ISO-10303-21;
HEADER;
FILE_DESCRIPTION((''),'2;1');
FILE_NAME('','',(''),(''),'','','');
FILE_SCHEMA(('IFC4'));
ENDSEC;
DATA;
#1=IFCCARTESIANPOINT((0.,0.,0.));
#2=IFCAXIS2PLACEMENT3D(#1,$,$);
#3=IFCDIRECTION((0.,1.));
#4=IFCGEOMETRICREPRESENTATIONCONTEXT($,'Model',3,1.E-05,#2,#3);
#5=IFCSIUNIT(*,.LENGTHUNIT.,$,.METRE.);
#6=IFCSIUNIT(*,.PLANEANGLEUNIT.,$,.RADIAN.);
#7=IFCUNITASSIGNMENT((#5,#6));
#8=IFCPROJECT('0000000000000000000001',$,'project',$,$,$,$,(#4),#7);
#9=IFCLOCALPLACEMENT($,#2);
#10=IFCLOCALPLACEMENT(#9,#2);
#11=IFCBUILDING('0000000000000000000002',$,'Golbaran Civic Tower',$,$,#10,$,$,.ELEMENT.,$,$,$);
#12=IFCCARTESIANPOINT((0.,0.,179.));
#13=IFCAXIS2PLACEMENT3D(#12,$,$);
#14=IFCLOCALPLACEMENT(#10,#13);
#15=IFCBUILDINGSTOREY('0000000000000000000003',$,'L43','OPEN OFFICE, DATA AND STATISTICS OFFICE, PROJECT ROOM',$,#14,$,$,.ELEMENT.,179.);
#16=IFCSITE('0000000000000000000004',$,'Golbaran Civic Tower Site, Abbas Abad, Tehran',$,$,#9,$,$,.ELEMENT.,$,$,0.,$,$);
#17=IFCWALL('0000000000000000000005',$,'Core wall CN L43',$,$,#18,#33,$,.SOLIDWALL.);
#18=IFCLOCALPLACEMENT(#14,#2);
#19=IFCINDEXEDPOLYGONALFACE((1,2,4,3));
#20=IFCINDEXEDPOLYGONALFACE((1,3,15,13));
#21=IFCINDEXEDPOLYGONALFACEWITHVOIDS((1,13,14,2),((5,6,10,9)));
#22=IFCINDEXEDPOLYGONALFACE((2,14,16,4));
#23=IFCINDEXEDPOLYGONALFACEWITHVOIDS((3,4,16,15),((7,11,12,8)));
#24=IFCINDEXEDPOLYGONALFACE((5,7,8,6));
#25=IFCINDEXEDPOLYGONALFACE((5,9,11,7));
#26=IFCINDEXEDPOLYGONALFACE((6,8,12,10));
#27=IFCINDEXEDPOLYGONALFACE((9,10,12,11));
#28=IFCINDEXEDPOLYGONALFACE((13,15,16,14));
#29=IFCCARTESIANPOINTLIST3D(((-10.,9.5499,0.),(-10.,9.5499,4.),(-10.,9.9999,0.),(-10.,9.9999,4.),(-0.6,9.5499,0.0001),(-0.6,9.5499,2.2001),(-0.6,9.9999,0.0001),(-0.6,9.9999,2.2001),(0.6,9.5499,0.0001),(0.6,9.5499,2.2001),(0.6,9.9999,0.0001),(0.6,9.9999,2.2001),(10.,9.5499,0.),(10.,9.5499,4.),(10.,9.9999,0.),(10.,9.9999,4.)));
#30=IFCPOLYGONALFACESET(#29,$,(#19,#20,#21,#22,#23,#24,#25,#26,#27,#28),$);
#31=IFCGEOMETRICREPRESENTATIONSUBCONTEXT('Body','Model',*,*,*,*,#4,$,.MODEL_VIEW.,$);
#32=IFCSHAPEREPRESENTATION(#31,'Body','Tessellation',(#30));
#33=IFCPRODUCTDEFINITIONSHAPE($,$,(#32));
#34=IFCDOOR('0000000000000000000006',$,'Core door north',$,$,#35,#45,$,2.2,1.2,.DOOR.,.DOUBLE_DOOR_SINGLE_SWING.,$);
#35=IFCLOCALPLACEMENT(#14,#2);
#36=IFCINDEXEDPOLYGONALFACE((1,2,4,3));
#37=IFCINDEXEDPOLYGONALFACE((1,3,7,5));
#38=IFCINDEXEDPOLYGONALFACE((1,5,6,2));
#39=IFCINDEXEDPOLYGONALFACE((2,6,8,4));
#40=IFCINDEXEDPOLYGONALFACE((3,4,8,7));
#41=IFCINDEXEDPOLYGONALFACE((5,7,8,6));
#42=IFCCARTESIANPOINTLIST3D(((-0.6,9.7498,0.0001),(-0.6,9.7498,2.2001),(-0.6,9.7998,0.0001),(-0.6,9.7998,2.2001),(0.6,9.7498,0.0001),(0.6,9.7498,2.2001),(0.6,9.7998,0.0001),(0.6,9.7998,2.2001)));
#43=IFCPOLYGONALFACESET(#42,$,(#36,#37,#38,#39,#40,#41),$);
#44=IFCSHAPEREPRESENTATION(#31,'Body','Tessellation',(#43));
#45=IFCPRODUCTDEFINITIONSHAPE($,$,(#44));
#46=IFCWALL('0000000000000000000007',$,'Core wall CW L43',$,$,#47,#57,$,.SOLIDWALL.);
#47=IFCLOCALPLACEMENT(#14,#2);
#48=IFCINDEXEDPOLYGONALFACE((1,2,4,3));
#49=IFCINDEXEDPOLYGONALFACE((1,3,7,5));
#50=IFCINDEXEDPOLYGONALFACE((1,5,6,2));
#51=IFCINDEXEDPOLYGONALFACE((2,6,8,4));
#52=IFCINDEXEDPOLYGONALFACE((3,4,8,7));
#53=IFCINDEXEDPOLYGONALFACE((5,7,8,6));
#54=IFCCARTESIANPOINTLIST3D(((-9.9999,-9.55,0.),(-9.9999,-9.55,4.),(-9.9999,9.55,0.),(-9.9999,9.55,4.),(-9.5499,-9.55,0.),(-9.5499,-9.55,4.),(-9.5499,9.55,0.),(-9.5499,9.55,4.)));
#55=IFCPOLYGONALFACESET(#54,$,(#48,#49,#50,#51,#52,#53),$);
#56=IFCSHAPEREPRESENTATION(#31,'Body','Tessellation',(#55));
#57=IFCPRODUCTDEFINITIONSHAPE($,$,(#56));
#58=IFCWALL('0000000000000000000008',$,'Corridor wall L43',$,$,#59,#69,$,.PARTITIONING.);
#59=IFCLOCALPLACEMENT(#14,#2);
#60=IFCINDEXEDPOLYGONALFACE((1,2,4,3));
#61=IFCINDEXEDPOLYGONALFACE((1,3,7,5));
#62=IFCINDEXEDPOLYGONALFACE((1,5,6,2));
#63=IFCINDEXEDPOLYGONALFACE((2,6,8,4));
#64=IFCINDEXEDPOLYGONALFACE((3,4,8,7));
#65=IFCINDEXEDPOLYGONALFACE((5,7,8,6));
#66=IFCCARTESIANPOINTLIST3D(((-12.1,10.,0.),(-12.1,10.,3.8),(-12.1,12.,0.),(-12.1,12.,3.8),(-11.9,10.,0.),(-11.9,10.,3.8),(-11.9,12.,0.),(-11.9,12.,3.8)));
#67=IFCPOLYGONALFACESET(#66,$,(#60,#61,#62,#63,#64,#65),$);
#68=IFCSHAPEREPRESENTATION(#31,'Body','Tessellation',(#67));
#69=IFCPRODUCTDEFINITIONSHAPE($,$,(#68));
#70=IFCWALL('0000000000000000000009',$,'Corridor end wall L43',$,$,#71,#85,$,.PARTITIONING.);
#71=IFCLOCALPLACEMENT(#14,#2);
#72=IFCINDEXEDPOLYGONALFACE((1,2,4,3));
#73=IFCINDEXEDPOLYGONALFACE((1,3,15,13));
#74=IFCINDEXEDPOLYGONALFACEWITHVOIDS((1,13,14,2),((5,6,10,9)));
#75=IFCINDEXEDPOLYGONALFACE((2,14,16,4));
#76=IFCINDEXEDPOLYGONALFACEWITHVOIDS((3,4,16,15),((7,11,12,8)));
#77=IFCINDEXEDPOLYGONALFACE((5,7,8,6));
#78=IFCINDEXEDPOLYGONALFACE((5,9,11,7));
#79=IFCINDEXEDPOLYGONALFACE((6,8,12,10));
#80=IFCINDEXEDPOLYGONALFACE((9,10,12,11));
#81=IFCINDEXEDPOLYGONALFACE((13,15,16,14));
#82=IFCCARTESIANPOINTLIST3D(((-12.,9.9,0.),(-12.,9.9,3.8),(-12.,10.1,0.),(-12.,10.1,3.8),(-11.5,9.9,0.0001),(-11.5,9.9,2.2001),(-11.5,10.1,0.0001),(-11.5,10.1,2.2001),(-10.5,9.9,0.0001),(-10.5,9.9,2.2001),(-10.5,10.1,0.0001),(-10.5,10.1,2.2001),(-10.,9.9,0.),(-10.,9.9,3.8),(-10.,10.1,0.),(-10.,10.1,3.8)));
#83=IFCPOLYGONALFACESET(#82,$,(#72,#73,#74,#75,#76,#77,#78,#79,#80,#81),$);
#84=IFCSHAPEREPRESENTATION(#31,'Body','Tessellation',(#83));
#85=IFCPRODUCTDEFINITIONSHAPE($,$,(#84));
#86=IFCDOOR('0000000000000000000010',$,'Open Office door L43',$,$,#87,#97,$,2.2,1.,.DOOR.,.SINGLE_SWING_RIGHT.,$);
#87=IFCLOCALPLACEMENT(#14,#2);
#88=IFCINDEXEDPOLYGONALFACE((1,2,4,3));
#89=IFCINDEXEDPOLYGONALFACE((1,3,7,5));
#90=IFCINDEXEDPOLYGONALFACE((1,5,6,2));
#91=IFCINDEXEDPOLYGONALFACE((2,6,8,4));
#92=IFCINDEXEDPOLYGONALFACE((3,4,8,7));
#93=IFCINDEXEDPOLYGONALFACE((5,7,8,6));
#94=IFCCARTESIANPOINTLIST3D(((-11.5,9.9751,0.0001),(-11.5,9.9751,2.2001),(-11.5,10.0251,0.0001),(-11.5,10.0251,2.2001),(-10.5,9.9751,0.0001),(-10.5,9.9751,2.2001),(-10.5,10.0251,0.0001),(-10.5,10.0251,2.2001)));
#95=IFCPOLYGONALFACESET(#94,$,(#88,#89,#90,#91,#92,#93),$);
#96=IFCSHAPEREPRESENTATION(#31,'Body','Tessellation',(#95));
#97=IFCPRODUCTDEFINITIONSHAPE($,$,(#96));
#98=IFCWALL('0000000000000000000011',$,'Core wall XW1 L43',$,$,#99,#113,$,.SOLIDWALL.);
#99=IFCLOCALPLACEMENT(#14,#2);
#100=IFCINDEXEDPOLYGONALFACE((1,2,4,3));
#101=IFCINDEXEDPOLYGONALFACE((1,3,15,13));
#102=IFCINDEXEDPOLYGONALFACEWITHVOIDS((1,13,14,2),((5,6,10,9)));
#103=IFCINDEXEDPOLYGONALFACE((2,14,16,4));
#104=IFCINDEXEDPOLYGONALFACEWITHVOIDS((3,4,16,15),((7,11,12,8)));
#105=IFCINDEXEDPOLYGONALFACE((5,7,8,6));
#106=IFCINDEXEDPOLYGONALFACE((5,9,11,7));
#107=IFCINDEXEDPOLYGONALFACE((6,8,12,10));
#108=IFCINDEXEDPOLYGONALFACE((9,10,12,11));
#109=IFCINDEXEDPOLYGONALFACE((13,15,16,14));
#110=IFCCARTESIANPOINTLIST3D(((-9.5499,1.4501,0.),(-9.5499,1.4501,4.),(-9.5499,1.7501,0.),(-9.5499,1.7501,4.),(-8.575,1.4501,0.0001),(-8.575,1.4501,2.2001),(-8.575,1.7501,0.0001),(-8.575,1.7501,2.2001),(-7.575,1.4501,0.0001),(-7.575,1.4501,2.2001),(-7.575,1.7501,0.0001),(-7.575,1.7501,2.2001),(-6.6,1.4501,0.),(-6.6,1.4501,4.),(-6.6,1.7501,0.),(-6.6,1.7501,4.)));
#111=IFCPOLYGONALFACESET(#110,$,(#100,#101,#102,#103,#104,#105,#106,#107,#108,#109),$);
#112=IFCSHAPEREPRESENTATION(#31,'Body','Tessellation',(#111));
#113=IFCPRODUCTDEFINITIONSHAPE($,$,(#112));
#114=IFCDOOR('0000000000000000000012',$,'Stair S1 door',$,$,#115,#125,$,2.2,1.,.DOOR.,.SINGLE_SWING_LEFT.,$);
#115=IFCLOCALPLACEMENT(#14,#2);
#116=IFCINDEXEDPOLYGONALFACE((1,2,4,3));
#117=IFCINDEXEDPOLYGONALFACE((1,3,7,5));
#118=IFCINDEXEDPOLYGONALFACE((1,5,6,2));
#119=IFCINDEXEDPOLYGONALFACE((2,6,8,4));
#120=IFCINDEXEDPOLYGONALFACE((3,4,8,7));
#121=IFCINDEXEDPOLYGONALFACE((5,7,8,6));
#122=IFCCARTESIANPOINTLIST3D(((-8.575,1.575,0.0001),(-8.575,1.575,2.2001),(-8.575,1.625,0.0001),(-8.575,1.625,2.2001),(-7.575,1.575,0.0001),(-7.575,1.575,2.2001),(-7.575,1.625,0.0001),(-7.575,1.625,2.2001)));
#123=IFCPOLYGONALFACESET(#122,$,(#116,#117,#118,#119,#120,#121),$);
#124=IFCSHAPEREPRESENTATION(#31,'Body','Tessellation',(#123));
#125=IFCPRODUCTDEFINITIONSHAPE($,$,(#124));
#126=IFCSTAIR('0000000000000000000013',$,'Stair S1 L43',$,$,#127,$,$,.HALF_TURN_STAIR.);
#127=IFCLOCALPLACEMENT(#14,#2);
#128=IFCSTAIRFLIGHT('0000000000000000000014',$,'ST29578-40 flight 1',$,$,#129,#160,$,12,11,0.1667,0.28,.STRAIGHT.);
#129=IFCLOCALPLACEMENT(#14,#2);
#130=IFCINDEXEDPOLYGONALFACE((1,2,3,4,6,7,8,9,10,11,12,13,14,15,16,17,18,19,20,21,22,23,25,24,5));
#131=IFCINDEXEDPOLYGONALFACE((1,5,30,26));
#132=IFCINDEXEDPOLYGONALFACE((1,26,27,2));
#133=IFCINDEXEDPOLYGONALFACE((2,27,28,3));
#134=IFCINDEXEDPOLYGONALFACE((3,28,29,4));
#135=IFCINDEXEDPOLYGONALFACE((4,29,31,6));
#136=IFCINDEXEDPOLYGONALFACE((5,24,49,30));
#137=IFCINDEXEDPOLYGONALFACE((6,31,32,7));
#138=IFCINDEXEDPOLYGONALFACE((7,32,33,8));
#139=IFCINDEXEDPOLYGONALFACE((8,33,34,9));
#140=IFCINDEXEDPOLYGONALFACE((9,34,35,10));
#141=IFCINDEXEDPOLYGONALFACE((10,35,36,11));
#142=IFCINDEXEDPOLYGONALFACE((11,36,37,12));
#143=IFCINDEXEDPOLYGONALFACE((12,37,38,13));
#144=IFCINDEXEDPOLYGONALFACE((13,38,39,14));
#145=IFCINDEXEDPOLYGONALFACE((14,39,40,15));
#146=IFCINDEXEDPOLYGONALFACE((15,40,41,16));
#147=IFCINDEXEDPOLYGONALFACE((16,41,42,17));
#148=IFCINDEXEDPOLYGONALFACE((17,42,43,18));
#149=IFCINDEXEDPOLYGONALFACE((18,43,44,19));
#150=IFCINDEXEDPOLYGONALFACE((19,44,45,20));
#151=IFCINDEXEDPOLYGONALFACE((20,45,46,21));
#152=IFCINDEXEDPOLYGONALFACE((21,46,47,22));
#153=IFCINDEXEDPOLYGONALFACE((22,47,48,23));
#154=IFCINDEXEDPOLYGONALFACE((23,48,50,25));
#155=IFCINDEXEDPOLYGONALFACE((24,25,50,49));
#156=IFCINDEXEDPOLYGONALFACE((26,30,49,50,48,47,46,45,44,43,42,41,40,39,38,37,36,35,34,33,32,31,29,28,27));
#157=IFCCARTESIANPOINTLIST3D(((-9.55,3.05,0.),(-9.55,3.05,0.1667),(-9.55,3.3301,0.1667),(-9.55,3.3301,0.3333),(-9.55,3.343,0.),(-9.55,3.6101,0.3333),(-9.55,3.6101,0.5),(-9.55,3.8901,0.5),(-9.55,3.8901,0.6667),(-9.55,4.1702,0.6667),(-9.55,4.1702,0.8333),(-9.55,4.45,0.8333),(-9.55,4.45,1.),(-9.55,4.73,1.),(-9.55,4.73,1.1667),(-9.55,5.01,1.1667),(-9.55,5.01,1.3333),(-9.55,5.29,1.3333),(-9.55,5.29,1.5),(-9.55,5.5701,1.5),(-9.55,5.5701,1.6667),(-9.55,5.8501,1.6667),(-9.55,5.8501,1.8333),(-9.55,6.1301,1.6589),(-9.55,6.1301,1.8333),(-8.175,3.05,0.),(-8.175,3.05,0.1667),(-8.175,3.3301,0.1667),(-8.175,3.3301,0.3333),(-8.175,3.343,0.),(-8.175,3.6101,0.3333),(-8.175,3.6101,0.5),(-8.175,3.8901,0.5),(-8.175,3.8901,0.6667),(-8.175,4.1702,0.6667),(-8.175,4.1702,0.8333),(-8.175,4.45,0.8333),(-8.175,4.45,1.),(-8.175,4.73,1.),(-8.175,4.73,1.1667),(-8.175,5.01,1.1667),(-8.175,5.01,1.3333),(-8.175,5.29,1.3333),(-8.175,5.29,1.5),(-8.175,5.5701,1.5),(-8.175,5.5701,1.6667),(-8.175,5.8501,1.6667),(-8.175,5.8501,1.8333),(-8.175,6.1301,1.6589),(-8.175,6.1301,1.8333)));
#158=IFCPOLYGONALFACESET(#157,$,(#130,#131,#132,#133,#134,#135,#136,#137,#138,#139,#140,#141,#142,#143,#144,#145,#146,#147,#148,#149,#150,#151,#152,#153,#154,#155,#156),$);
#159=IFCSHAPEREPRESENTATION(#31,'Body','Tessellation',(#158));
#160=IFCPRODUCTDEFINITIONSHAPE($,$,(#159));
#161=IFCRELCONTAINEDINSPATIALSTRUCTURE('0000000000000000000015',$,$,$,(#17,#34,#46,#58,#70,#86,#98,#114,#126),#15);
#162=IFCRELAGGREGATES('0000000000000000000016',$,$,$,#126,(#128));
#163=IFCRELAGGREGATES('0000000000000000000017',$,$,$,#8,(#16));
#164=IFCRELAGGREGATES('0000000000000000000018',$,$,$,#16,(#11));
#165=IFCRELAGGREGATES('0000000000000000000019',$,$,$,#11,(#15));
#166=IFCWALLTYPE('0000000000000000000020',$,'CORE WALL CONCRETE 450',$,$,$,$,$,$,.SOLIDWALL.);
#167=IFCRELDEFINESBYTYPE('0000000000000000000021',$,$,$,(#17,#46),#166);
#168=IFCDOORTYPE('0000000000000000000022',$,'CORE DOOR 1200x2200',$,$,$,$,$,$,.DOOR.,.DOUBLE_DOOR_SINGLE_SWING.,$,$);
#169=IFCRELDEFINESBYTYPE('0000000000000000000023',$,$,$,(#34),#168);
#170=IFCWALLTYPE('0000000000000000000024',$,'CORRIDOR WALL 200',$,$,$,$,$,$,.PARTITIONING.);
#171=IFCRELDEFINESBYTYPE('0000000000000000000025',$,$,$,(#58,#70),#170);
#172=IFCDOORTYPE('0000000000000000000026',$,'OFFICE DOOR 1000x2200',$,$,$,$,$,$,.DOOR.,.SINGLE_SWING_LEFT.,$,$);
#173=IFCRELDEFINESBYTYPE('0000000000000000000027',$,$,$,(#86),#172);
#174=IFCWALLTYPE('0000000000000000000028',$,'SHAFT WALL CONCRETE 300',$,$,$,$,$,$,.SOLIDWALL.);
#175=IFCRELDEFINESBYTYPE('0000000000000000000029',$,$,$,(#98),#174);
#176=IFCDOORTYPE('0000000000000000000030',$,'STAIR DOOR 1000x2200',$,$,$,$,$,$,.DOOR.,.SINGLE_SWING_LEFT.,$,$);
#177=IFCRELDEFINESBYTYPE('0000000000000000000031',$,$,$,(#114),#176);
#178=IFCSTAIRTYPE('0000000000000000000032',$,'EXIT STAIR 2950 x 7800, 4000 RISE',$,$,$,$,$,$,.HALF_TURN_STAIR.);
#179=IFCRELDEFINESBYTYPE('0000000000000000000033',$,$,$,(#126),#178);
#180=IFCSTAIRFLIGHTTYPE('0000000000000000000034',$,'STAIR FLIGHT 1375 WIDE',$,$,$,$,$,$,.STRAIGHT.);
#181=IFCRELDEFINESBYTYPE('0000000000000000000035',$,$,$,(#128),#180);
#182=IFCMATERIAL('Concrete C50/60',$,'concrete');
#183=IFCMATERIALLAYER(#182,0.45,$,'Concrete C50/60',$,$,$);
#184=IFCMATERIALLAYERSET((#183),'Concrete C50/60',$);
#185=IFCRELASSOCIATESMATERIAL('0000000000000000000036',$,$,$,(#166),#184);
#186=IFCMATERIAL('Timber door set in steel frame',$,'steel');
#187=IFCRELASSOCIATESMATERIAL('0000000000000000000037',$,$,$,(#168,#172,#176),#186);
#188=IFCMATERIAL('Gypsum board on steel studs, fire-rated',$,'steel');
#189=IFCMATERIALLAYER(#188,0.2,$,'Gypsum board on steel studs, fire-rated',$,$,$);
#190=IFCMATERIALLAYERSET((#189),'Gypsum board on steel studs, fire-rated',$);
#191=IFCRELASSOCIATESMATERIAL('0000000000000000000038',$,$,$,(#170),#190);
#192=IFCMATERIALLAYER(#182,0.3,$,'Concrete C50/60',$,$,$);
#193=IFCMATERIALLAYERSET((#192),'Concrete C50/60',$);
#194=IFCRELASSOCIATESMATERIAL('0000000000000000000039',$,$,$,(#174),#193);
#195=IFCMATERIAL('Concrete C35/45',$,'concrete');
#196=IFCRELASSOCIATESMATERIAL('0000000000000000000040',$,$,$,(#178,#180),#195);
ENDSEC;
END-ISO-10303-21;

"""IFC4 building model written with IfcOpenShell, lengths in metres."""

from ifc_helpers import new_model, si_unit, direction, frame, frame_2d, origin, place, context, subcontext, project, spatial, polyline, rectangle, outline, extrude, material, layer, layer_set, type_object, element, fill, aggregate, save


model = new_model("IFC4")

# Units and contexts
model_context = context("Model", 3, precision=1e-05, world=origin(), true_north=direction((0.0, 1.0)))
body_context = subcontext(model_context, "Body", "Model", "MODEL_VIEW")
ifc_project = project(units=[si_unit("LENGTHUNIT", "METRE"), si_unit("PLANEANGLEUNIT", "RADIAN")], contexts=[model_context])

# Site, building, storey
site_placement = place(None, origin())
site = spatial("IfcSite", under=ifc_project, at=site_placement, Name="Golbaran Civic Tower Site, Abbas Abad, Tehran", CompositionType="ELEMENT", RefElevation=0.0)
building_placement = place(site_placement, origin())
building = spatial("IfcBuilding", under=site, at=building_placement, Name="Golbaran Civic Tower", CompositionType="ELEMENT")
storey_placement = place(building_placement, frame((0.0, 0.0, 179.0)))
storey = spatial("IfcBuildingStorey", under=building, at=storey_placement, Name="L43", Description="OPEN OFFICE, DATA AND STATISTICS OFFICE, PROJECT ROOM", CompositionType="ELEMENT", Elevation=179.0)

# Wall, opening, door
ifc_material_1 = material(Name="Concrete C50/60", Category="concrete")
ifc_layer_1 = layer(ifc_material_1, 0.45, Name="Concrete C50/60")
ifc_layer_set_1 = layer_set([ifc_layer_1], Name="Concrete C50/60")
wall_type_1 = type_object("IfcWallType", Name="CORE WALL CONCRETE 450", PredefinedType="SOLIDWALL", material=ifc_layer_set_1)
wall_1_placement = place(storey_placement, frame((-10.0, 9.7749, 0.0), z_axis=(0.0, 0.0, 1.0), x_axis=(1.0, 0.0, 0.0)))
wall_1 = element("IfcWall", 1, at=wall_1_placement, inside=storey, type_object=wall_type_1, Name="Core wall CN L43", PredefinedType="SOLIDWALL", context=body_context, shape_type="SweptSolid", body=[
    extrude(rectangle(XDim=20.0, YDim=0.45, at=frame_2d((10.0, 0.0))), origin(), (0.0, 0.0, 1.0), 4.0),
])
opening_1_placement = place(wall_1_placement, frame((9.3999, 0.0, 0.0)))
opening_1 = element("IfcOpeningElement", 2, at=opening_1_placement, cuts=wall_1, PredefinedType="OPENING", context=body_context, shape_type="SweptSolid", body=[
    extrude(rectangle(XDim=1.2, YDim=2.2, at=frame_2d((0.6001, 1.1001))), frame((0.0, 0.2349, 0.0), z_axis=(0.0, -1.0, 0.0), x_axis=(1.0, 0.0, 0.0)), (0.0, 0.0, 1.0), 0.47),
])
ifc_material_2 = material(Name="Timber door set in steel frame", Category="steel")
door_type_1 = type_object("IfcDoorType", Name="CORE DOOR 1200x2200", OperationType="DOUBLE_DOOR_SINGLE_SWING", PredefinedType="DOOR", material=ifc_material_2)
door_1_placement = place(opening_1_placement, origin())
door_1 = element("IfcDoor", 3, at=door_1_placement, inside=storey, type_object=door_type_1, Name="Core door north", OperationType="DOUBLE_DOOR_SINGLE_SWING", OverallHeight=2.2, OverallWidth=1.2, PredefinedType="DOOR", context=body_context, shape_type="SweptSolid", body=[
    extrude(rectangle(XDim=1.2, YDim=2.2, at=frame_2d((0.6001, 1.1001))), frame((0.0, 0.0249, 0.0), z_axis=(0.0, -1.0, 0.0), x_axis=(1.0, 0.0, 0.0)), (0.0, 0.0, 1.0), 0.05),
])
fill(opening_1, door_1)

# Walls
wall_2_placement = place(storey_placement, frame((-9.7749, 9.55, 0.0), z_axis=(0.0, 0.0, 1.0), x_axis=(0.0, -1.0, 0.0)))
element("IfcWall", 4, at=wall_2_placement, inside=storey, type_object=wall_type_1, Name="Core wall CW L43", PredefinedType="SOLIDWALL", context=body_context, shape_type="SweptSolid", body=[
    extrude(rectangle(XDim=19.1001, YDim=0.45, at=frame_2d((9.55, 0.0))), origin(), (0.0, 0.0, 1.0), 4.0),
])
ifc_material_3 = material(Name="Gypsum board on steel studs, fire-rated", Category="steel")
ifc_layer_2 = layer(ifc_material_3, 0.2, Name="Gypsum board on steel studs, fire-rated")
ifc_layer_set_2 = layer_set([ifc_layer_2], Name="Gypsum board on steel studs, fire-rated")
wall_type_2 = type_object("IfcWallType", Name="CORRIDOR WALL 200", PredefinedType="PARTITIONING", material=ifc_layer_set_2)
wall_3_placement = place(storey_placement, frame((-12.0, 12.0, 0.0), z_axis=(0.0, 0.0, 1.0), x_axis=(0.0, -1.0, 0.0)))
element("IfcWall", 5, at=wall_3_placement, inside=storey, type_object=wall_type_2, Name="Corridor wall L43", PredefinedType="PARTITIONING", context=body_context, shape_type="SweptSolid", body=[
    extrude(rectangle(XDim=2.0, YDim=0.2, at=frame_2d((1.0, 0.0))), origin(), (0.0, 0.0, 1.0), 3.8),
])

# Walls, openings, doors
wall_4_placement = place(storey_placement, frame((-10.0, 10.0, 0.0), z_axis=(0.0, 0.0, 1.0), x_axis=(-1.0, 0.0, 0.0)))
wall_4 = element("IfcWall", 6, at=wall_4_placement, inside=storey, type_object=wall_type_2, Name="Corridor end wall L43", PredefinedType="PARTITIONING", context=body_context, shape_type="SweptSolid", body=[
    extrude(rectangle(XDim=2.0, YDim=0.2, at=frame_2d((1.0, 0.0))), origin(), (0.0, 0.0, 1.0), 3.8),
])
opening_2_placement = place(wall_4_placement, frame((0.5, 0.0, 0.0)))
opening_2 = element("IfcOpeningElement", 7, at=opening_2_placement, cuts=wall_4, PredefinedType="OPENING", context=body_context, shape_type="SweptSolid", body=[
    extrude(rectangle(XDim=1.0, YDim=2.2, at=frame_2d((0.5, 1.1001))), frame((0.0, 0.1099, 0.0), z_axis=(0.0, -1.0, 0.0), x_axis=(1.0, 0.0, 0.0)), (0.0, 0.0, 1.0), 0.22),
])
door_type_2 = type_object("IfcDoorType", Name="OFFICE DOOR 1000x2200", OperationType="SINGLE_SWING_LEFT", PredefinedType="DOOR", material=ifc_material_2)
door_2_placement = place(opening_2_placement, origin())
door_2 = element("IfcDoor", 8, at=door_2_placement, inside=storey, type_object=door_type_2, Name="Open Office door L43", OperationType="SINGLE_SWING_RIGHT", OverallHeight=2.2, OverallWidth=1.0, PredefinedType="DOOR", context=body_context, shape_type="SweptSolid", body=[
    extrude(rectangle(XDim=1.0, YDim=2.2, at=frame_2d((0.5, 1.1001))), frame((0.0, 0.0249, 0.0), z_axis=(0.0, -1.0, 0.0), x_axis=(1.0, 0.0, 0.0)), (0.0, 0.0, 1.0), 0.05),
])
fill(opening_2, door_2)
ifc_layer_3 = layer(ifc_material_1, 0.3, Name="Concrete C50/60")
ifc_layer_set_3 = layer_set([ifc_layer_3], Name="Concrete C50/60")
wall_type_3 = type_object("IfcWallType", Name="SHAFT WALL CONCRETE 300", PredefinedType="SOLIDWALL", material=ifc_layer_set_3)
wall_5_placement = place(storey_placement, frame((-9.55, 1.6001, 0.0), z_axis=(0.0, 0.0, 1.0), x_axis=(1.0, 0.0, 0.0)))
wall_5 = element("IfcWall", 9, at=wall_5_placement, inside=storey, type_object=wall_type_3, Name="Core wall XW1 L43", PredefinedType="SOLIDWALL", context=body_context, shape_type="SweptSolid", body=[
    extrude(rectangle(XDim=2.95, YDim=0.3, at=frame_2d((1.4751, 0.0))), origin(), (0.0, 0.0, 1.0), 4.0),
])
opening_3_placement = place(wall_5_placement, frame((0.9751, 0.0, 0.0)))
opening_3 = element("IfcOpeningElement", 10, at=opening_3_placement, cuts=wall_5, PredefinedType="OPENING", context=body_context, shape_type="SweptSolid", body=[
    extrude(rectangle(XDim=1.0, YDim=2.2, at=frame_2d((0.5, 1.1001))), frame((0.0, 0.1599, 0.0), z_axis=(0.0, -1.0, 0.0), x_axis=(1.0, 0.0, 0.0)), (0.0, 0.0, 1.0), 0.3201),
])
door_type_3 = type_object("IfcDoorType", Name="STAIR DOOR 1000x2200", OperationType="SINGLE_SWING_LEFT", PredefinedType="DOOR", material=ifc_material_2)
door_3_placement = place(opening_3_placement, origin())
door_3 = element("IfcDoor", 11, at=door_3_placement, inside=storey, type_object=door_type_3, Name="Stair S1 door", OperationType="SINGLE_SWING_LEFT", OverallHeight=2.2, OverallWidth=1.0, PredefinedType="DOOR", context=body_context, shape_type="SweptSolid", body=[
    extrude(rectangle(XDim=1.0, YDim=2.2, at=frame_2d((0.5, 1.1001))), frame((0.0, 0.0249, 0.0), z_axis=(0.0, -1.0, 0.0), x_axis=(1.0, 0.0, 0.0)), (0.0, 0.0, 1.0), 0.05),
])
fill(opening_3, door_3)

# Stair, stair flight
ifc_material_4 = material(Name="Concrete C35/45", Category="concrete")
stair_type = type_object("IfcStairType", Name="EXIT STAIR 2950 x 7800, 4000 RISE", PredefinedType="HALF_TURN_STAIR", material=ifc_material_4)
stair_placement = place(storey_placement, origin())
stair = element("IfcStair", 12, at=stair_placement, inside=storey, type_object=stair_type, Name="Stair S1 L43", PredefinedType="HALF_TURN_STAIR")
stair_flight_type = type_object("IfcStairFlightType", Name="STAIR FLIGHT 1375 WIDE", PredefinedType="STRAIGHT", material=ifc_material_4)
stair_flight_placement = place(storey_placement, frame((-8.8625, 3.05, 0.0), z_axis=(0.0, 0.0, 1.0), x_axis=(0.0, 1.0, 0.0)))
stair_flight = element("IfcStairFlight", 13, at=stair_flight_placement, type_object=stair_flight_type, Name="ST29578-40 flight 1", NumberOfRisers=12, NumberOfTreads=11, PredefinedType="STRAIGHT", RiserHeight=0.1667, TreadLength=0.28, context=body_context, shape_type="SweptSolid", body=[
    extrude(outline(polyline([(0.0, 0.0), (0.0, 0.1667), (0.28, 0.1667), (0.28, 0.3333), (0.5601, 0.3333), (0.5601, 0.5), (0.8401, 0.5), (0.8401, 0.6667), (1.1201, 0.6667), (1.1201, 0.8333), (1.3999, 0.8333), (1.3999, 1.0), (1.6799, 1.0), (1.6799, 1.1667), (1.96, 1.1667), (1.96, 1.3333), (2.24, 1.3333), (2.24, 1.5), (2.52, 1.5), (2.52, 1.6667), (2.8, 1.6667), (2.8, 1.8333), (3.0801, 1.8333), (3.0801, 2.0), (3.0801, 1.6589), (0.293, 0.0), (0.0, 0.0)])), frame((0.0, 0.6875, 0.0), z_axis=(0.0, -1.0, 0.0), x_axis=(1.0, 0.0, 0.0)), (0.0, 0.0, 1.0), 1.375),
])
aggregate(stair, [stair_flight])

save(model, "model.ifc")
